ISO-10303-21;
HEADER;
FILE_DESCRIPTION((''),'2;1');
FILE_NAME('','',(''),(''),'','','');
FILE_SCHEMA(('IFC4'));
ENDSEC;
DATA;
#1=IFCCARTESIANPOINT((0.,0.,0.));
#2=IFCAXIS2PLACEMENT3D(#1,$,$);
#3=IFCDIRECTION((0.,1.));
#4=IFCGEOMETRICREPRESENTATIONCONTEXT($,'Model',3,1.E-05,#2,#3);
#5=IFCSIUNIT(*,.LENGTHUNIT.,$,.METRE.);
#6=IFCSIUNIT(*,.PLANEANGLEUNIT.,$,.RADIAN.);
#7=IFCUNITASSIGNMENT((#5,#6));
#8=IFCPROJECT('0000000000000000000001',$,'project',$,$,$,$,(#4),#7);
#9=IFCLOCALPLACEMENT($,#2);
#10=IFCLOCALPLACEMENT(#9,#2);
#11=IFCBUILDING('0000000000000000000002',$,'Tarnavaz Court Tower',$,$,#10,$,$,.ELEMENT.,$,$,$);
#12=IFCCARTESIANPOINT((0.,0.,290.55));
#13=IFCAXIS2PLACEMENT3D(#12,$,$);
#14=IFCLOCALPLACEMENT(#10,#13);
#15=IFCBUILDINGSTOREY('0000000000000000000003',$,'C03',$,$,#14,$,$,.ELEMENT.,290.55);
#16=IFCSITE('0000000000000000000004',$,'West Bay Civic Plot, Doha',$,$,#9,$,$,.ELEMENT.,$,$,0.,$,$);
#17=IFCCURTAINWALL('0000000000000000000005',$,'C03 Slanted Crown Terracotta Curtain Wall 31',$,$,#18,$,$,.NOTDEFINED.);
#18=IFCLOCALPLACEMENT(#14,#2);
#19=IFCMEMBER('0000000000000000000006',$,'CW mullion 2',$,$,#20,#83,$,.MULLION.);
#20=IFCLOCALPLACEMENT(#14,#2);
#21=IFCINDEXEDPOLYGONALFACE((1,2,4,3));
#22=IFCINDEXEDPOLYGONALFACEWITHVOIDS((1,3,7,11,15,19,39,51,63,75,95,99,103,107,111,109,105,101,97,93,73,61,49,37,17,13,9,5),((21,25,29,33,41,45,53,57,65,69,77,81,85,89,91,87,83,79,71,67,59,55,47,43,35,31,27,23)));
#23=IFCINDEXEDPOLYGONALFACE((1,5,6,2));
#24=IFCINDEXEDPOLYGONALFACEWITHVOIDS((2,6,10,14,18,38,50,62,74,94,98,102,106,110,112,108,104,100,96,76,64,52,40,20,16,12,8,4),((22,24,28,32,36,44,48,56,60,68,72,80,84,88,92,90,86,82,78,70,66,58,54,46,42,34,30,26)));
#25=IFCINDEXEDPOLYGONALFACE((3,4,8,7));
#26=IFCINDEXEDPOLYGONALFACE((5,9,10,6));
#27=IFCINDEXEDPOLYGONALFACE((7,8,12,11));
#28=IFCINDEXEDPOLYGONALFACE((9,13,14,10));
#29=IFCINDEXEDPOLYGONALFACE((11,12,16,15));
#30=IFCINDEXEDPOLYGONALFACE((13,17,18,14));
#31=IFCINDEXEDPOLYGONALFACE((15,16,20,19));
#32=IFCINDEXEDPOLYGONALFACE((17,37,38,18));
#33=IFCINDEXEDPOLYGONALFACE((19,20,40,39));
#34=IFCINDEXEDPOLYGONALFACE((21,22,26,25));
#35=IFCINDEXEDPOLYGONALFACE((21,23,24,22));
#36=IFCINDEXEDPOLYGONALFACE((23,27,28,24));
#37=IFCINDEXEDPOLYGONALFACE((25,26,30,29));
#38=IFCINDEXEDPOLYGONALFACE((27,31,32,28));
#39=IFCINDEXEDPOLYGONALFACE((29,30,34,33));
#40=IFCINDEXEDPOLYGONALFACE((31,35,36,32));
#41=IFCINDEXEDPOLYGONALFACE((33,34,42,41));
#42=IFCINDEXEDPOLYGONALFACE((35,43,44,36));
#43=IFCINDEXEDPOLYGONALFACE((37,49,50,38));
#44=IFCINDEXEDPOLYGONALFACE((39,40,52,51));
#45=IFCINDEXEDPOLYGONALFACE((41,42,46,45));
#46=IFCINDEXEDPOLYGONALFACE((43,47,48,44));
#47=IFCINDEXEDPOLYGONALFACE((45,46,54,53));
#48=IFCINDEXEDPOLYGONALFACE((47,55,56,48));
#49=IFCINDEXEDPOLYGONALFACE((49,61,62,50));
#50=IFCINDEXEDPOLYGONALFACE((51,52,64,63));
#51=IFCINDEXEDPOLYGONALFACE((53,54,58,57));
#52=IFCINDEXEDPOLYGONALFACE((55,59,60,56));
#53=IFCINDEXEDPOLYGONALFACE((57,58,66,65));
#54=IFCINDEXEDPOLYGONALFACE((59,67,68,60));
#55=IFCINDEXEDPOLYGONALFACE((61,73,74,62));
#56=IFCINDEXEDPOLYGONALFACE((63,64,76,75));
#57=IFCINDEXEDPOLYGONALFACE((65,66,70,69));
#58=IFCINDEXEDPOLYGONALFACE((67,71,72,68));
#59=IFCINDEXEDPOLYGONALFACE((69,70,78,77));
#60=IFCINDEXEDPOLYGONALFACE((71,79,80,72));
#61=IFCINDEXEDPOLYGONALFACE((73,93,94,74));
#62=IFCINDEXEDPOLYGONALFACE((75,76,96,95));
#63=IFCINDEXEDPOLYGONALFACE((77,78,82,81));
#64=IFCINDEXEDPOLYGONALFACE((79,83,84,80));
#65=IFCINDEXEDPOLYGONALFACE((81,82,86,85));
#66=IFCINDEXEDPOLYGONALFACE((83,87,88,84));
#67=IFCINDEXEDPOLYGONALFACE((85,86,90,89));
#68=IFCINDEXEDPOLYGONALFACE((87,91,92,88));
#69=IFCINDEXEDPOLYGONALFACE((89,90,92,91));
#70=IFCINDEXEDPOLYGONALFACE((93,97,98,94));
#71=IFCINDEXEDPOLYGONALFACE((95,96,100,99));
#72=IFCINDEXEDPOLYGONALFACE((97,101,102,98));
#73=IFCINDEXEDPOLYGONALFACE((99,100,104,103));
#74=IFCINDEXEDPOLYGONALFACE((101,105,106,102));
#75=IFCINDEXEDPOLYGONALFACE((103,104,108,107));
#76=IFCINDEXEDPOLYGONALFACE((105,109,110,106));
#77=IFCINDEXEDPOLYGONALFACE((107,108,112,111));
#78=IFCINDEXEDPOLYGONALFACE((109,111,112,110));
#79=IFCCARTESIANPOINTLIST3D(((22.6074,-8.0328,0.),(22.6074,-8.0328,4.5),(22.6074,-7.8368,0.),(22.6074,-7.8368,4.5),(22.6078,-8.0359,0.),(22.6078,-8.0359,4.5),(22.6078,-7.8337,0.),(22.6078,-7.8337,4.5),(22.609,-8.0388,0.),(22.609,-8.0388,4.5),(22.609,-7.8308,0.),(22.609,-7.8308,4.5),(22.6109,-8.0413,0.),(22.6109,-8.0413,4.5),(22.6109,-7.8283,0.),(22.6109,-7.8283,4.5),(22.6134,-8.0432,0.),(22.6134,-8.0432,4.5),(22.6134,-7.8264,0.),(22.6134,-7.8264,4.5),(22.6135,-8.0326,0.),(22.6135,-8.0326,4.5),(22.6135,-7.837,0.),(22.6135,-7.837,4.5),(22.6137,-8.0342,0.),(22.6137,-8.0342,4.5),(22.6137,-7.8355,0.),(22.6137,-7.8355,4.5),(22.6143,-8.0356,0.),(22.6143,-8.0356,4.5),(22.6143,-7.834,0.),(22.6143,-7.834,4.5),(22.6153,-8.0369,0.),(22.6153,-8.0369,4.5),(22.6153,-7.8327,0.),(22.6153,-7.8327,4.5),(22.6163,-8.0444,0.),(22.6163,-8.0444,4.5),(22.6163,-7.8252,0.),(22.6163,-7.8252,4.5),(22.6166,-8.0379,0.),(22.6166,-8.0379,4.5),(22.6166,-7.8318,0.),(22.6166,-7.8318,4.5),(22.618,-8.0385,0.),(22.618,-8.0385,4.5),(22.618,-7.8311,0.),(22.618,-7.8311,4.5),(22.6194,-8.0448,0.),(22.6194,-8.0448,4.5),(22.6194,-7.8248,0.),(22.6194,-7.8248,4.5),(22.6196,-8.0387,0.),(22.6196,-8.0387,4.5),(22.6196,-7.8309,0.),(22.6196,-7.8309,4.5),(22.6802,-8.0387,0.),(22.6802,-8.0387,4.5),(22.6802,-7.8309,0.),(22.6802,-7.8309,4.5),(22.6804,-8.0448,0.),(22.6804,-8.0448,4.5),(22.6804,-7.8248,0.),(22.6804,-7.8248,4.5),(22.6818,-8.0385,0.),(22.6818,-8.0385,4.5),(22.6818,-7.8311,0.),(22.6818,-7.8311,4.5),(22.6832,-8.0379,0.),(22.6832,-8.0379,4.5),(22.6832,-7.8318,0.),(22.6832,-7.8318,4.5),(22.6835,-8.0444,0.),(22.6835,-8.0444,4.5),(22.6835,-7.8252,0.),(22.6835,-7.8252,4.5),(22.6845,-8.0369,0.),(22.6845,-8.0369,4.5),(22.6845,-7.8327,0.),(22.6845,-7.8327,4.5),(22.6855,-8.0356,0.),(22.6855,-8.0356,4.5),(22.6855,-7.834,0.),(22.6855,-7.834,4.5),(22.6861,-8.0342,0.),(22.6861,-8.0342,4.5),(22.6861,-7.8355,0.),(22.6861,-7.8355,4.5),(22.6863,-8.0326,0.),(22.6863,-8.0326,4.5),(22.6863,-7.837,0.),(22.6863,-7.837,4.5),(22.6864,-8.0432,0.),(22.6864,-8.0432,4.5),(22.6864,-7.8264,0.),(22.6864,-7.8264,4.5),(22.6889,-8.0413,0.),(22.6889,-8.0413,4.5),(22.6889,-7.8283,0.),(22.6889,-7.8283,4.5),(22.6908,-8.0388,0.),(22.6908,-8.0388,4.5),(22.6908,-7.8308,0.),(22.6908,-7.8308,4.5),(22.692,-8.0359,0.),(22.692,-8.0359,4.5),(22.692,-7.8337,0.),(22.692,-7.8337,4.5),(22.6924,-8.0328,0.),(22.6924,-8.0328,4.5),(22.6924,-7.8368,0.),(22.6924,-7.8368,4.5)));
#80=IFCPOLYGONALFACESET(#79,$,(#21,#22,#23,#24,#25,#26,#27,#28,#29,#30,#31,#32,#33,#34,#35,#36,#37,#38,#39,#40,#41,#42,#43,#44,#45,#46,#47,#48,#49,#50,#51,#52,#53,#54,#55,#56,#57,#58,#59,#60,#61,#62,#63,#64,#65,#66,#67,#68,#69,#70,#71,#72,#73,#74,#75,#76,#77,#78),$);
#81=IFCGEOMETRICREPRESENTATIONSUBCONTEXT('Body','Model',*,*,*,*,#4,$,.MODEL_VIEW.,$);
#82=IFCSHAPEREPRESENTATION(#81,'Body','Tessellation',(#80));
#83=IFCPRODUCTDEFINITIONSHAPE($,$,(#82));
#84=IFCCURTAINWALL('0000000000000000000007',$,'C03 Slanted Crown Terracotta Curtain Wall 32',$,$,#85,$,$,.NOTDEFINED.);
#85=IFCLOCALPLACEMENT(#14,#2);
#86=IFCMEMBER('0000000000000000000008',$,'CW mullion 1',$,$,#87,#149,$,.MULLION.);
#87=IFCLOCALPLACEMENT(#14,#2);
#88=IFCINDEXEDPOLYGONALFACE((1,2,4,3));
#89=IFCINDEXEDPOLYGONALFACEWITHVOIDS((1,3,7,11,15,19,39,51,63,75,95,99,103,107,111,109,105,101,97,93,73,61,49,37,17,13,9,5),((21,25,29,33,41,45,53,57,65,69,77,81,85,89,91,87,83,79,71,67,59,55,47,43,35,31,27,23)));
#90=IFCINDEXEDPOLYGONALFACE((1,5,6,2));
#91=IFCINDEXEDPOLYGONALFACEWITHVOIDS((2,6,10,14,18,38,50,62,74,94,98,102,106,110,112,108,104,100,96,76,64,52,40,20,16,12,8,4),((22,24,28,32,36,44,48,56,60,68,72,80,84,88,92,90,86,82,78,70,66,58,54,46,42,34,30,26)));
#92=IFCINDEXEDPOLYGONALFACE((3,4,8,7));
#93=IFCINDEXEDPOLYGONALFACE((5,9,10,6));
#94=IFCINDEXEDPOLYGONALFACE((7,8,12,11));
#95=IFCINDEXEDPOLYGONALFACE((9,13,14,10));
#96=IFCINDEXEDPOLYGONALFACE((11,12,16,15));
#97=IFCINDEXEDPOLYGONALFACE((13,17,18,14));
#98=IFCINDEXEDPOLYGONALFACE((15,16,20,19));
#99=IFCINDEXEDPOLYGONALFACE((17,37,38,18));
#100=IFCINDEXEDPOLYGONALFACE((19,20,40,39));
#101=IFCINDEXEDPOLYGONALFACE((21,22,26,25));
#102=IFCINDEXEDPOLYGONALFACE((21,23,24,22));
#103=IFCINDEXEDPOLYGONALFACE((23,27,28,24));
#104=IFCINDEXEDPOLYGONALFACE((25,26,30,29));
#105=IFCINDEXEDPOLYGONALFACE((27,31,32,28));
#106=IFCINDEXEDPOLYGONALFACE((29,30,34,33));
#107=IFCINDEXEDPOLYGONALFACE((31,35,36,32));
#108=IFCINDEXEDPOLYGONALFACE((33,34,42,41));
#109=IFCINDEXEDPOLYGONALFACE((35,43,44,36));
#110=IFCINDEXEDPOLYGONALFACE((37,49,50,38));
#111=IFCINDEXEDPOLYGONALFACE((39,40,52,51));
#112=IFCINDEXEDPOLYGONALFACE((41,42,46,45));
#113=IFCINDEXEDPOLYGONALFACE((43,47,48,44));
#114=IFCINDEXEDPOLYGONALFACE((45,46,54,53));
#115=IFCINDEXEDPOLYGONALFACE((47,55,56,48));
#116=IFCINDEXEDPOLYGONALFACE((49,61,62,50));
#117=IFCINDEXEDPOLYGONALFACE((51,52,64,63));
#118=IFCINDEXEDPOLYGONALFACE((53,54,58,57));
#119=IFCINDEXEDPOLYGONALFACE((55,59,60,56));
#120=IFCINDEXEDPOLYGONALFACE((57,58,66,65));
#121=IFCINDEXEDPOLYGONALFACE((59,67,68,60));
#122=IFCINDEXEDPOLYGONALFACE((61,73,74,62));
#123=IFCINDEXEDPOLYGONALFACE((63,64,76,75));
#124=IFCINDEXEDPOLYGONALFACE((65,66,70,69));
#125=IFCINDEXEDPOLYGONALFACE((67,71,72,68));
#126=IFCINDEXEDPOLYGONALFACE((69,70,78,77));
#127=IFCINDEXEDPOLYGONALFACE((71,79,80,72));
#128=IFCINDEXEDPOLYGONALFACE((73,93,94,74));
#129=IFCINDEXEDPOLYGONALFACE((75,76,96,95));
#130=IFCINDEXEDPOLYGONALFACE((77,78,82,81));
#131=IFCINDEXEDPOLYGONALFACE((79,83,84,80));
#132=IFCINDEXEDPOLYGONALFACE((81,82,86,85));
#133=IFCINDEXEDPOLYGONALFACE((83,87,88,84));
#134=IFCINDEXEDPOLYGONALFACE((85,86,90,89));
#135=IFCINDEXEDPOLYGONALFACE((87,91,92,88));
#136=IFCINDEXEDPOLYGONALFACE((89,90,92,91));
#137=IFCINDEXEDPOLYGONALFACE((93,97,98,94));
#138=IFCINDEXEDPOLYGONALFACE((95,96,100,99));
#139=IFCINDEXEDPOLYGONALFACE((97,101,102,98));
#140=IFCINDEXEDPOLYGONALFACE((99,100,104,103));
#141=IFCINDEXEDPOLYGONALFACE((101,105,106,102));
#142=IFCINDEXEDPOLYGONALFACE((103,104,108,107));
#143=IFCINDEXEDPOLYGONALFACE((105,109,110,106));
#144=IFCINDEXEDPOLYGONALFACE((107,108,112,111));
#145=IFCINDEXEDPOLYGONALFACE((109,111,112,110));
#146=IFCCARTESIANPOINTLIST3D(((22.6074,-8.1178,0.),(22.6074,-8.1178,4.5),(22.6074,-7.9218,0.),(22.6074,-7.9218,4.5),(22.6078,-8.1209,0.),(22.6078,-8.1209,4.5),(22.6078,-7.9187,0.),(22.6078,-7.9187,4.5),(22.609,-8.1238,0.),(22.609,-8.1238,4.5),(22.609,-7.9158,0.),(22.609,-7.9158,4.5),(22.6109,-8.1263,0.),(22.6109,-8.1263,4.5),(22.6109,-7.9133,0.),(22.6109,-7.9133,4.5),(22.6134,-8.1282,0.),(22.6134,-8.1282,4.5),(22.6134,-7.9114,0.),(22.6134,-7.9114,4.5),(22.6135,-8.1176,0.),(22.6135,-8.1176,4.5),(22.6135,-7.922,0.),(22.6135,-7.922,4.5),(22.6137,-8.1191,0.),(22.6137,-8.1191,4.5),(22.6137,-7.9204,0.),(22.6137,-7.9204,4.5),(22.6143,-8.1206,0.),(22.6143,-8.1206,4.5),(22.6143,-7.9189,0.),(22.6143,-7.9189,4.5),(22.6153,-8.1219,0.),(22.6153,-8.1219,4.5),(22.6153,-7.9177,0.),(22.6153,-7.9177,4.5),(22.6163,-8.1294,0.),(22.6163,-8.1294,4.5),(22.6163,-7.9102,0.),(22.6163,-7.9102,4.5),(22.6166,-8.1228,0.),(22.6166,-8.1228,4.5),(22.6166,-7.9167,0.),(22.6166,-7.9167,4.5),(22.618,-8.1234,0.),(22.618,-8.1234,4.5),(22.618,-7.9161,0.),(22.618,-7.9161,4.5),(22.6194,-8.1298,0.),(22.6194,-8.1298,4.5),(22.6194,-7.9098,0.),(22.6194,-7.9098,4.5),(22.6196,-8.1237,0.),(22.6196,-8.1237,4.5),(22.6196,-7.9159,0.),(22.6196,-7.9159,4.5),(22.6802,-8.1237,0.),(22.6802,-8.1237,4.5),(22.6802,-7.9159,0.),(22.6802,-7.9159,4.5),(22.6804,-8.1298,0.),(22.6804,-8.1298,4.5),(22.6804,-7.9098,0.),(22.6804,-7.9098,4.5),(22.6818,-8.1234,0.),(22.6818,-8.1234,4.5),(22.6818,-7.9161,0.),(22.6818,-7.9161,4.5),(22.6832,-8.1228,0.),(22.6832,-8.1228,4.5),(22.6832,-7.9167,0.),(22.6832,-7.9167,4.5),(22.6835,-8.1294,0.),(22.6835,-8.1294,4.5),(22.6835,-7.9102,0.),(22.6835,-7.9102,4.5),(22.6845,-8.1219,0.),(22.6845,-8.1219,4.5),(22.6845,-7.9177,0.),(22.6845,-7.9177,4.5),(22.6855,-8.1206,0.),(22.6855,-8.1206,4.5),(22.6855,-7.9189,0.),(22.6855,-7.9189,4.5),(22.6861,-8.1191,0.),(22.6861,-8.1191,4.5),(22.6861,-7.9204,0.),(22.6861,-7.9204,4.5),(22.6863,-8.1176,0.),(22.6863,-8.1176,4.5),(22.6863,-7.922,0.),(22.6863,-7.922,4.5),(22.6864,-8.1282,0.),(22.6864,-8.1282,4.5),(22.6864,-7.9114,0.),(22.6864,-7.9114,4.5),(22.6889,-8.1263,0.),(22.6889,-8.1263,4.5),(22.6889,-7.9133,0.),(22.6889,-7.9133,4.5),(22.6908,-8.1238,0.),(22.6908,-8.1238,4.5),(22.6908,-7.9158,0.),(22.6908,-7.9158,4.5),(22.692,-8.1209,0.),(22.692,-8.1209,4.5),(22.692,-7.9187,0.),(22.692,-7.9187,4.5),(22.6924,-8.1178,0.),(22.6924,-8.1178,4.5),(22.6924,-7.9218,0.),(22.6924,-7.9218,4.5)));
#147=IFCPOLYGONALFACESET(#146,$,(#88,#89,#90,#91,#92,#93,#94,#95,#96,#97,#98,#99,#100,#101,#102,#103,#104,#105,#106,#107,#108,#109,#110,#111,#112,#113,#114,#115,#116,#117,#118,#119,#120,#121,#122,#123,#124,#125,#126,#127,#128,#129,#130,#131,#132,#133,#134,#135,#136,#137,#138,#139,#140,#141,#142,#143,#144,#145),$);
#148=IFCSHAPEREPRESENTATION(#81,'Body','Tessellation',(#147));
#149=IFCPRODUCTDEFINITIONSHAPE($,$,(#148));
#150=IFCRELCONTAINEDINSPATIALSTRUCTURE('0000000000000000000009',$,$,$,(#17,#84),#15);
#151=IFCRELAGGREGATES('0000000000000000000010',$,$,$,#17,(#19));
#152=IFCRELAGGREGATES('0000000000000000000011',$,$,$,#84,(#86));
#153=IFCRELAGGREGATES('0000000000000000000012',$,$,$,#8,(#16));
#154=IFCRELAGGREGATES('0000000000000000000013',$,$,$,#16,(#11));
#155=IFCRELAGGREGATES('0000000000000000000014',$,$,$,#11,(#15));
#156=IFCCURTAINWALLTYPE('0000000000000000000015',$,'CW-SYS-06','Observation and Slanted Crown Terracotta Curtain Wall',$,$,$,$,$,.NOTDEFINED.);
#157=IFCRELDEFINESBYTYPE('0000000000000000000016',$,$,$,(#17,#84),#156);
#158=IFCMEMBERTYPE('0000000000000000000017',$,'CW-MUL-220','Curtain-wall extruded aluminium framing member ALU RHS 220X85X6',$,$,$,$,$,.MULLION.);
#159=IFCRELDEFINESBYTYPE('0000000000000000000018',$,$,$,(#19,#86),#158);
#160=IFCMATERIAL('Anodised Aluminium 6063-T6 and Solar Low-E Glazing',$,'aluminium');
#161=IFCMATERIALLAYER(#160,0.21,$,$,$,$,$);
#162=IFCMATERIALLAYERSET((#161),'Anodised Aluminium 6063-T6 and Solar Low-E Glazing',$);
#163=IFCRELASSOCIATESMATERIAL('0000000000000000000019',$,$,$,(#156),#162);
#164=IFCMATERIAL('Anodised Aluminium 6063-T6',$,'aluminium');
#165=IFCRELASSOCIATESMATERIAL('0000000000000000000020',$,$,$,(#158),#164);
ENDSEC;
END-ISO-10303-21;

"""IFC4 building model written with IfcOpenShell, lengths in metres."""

from ifc_helpers import new_model, si_unit, direction, frame, origin, origin_2d, place, context, subcontext, project, spatial, hollow_rectangle, extrude, material, layer, layer_set, material_profile, profile_set, type_object, element, aggregate, save


model = new_model("IFC4")

# Units and contexts
model_context = context("Model", 3, precision=1e-05, world=origin(), true_north=direction((0.0, 1.0)))
body_context = subcontext(model_context, "Body", "Model", "MODEL_VIEW")
ifc_project = project(units=[si_unit("LENGTHUNIT", "METRE"), si_unit("PLANEANGLEUNIT", "RADIAN")], contexts=[model_context])

# Site, building, storey
site_placement = place(None, origin())
site = spatial("IfcSite", under=ifc_project, at=site_placement, Name="West Bay Civic Plot, Doha", CompositionType="ELEMENT", RefElevation=0.0)
building_placement = place(site_placement, origin())
building = spatial("IfcBuilding", under=site, at=building_placement, Name="Tarnavaz Court Tower", CompositionType="ELEMENT")
storey_placement = place(building_placement, frame((0.0, 0.0, 290.55)))
storey = spatial("IfcBuildingStorey", under=building, at=storey_placement, Name="C03", CompositionType="ELEMENT", Elevation=290.55)

# Shared definitions
ifc_material_1 = material(Name="Anodised Aluminium 6063-T6 and Solar Low-E Glazing", Category="aluminium")
ifc_layer_1 = layer(ifc_material_1, 0.21)
ifc_layer_set_1 = layer_set([ifc_layer_1], Name="Anodised Aluminium 6063-T6 and Solar Low-E Glazing")
curtain_wall_type = type_object("IfcCurtainWallType", Name="CW-SYS-06", Description="Observation and Slanted Crown Terracotta Curtain Wall", PredefinedType="NOTDEFINED", material=ifc_layer_set_1)
ifc_material_2 = material(Name="Anodised Aluminium 6063-T6", Category="aluminium")
ifc_material_profile_1 = material_profile(ifc_material_2, hollow_rectangle(XDim=0.085, YDim=0.22, WallThickness=0.0061, InnerFilletRadius=0.0061, OuterFilletRadius=0.012, at=origin_2d()), Name="ALU RHS 220X85X6")
ifc_profile_set_1 = profile_set([ifc_material_profile_1], Name="Anodised Aluminium 6063-T6")
member_type_1 = type_object("IfcMemberType", Name="CW-MUL-220", Description="Curtain-wall extruded aluminium framing member ALU RHS 220X85X6", PredefinedType="MULLION", material=ifc_profile_set_1)

# Curtain walls, members
curtain_wall_1_placement = place(storey_placement, origin())
curtain_wall_1 = element("IfcCurtainWall", 1, at=curtain_wall_1_placement, inside=storey, type_object=curtain_wall_type, Name="C03 Slanted Crown Terracotta Curtain Wall 31", PredefinedType="NOTDEFINED")
member_1_placement = place(storey_placement, frame((22.6499, -7.9348, 0.0), z_axis=(0.0, 0.0, 1.0), x_axis=(1.0, 0.0, 0.0)))
member_1 = element("IfcMember", 2, at=member_1_placement, type_object=member_type_1, Name="CW mullion 2", PredefinedType="MULLION", context=body_context, shape_type="SweptSolid", body=[
    extrude(hollow_rectangle(XDim=0.085, YDim=0.22, WallThickness=0.0061, InnerFilletRadius=0.0061, OuterFilletRadius=0.012, at=origin_2d()), origin(), (0.0, 0.0, 1.0), 4.5),
])
curtain_wall_2_placement = place(storey_placement, origin())
curtain_wall_2 = element("IfcCurtainWall", 3, at=curtain_wall_2_placement, inside=storey, type_object=curtain_wall_type, Name="C03 Slanted Crown Terracotta Curtain Wall 32", PredefinedType="NOTDEFINED")
member_2_placement = place(storey_placement, frame((22.6499, -8.0198, 0.0), z_axis=(0.0, 0.0, 1.0), x_axis=(1.0, 0.0, 0.0)))
member_2 = element("IfcMember", 4, at=member_2_placement, type_object=member_type_1, Name="CW mullion 1", PredefinedType="MULLION", context=body_context, shape_type="SweptSolid", body=[
    extrude(hollow_rectangle(XDim=0.085, YDim=0.22, WallThickness=0.0061, InnerFilletRadius=0.0061, OuterFilletRadius=0.012, at=origin_2d()), origin(), (0.0, 0.0, 1.0), 4.5),
])

aggregate(curtain_wall_1, [member_1])
aggregate(curtain_wall_2, [member_2])

save(model, "model.ifc")
